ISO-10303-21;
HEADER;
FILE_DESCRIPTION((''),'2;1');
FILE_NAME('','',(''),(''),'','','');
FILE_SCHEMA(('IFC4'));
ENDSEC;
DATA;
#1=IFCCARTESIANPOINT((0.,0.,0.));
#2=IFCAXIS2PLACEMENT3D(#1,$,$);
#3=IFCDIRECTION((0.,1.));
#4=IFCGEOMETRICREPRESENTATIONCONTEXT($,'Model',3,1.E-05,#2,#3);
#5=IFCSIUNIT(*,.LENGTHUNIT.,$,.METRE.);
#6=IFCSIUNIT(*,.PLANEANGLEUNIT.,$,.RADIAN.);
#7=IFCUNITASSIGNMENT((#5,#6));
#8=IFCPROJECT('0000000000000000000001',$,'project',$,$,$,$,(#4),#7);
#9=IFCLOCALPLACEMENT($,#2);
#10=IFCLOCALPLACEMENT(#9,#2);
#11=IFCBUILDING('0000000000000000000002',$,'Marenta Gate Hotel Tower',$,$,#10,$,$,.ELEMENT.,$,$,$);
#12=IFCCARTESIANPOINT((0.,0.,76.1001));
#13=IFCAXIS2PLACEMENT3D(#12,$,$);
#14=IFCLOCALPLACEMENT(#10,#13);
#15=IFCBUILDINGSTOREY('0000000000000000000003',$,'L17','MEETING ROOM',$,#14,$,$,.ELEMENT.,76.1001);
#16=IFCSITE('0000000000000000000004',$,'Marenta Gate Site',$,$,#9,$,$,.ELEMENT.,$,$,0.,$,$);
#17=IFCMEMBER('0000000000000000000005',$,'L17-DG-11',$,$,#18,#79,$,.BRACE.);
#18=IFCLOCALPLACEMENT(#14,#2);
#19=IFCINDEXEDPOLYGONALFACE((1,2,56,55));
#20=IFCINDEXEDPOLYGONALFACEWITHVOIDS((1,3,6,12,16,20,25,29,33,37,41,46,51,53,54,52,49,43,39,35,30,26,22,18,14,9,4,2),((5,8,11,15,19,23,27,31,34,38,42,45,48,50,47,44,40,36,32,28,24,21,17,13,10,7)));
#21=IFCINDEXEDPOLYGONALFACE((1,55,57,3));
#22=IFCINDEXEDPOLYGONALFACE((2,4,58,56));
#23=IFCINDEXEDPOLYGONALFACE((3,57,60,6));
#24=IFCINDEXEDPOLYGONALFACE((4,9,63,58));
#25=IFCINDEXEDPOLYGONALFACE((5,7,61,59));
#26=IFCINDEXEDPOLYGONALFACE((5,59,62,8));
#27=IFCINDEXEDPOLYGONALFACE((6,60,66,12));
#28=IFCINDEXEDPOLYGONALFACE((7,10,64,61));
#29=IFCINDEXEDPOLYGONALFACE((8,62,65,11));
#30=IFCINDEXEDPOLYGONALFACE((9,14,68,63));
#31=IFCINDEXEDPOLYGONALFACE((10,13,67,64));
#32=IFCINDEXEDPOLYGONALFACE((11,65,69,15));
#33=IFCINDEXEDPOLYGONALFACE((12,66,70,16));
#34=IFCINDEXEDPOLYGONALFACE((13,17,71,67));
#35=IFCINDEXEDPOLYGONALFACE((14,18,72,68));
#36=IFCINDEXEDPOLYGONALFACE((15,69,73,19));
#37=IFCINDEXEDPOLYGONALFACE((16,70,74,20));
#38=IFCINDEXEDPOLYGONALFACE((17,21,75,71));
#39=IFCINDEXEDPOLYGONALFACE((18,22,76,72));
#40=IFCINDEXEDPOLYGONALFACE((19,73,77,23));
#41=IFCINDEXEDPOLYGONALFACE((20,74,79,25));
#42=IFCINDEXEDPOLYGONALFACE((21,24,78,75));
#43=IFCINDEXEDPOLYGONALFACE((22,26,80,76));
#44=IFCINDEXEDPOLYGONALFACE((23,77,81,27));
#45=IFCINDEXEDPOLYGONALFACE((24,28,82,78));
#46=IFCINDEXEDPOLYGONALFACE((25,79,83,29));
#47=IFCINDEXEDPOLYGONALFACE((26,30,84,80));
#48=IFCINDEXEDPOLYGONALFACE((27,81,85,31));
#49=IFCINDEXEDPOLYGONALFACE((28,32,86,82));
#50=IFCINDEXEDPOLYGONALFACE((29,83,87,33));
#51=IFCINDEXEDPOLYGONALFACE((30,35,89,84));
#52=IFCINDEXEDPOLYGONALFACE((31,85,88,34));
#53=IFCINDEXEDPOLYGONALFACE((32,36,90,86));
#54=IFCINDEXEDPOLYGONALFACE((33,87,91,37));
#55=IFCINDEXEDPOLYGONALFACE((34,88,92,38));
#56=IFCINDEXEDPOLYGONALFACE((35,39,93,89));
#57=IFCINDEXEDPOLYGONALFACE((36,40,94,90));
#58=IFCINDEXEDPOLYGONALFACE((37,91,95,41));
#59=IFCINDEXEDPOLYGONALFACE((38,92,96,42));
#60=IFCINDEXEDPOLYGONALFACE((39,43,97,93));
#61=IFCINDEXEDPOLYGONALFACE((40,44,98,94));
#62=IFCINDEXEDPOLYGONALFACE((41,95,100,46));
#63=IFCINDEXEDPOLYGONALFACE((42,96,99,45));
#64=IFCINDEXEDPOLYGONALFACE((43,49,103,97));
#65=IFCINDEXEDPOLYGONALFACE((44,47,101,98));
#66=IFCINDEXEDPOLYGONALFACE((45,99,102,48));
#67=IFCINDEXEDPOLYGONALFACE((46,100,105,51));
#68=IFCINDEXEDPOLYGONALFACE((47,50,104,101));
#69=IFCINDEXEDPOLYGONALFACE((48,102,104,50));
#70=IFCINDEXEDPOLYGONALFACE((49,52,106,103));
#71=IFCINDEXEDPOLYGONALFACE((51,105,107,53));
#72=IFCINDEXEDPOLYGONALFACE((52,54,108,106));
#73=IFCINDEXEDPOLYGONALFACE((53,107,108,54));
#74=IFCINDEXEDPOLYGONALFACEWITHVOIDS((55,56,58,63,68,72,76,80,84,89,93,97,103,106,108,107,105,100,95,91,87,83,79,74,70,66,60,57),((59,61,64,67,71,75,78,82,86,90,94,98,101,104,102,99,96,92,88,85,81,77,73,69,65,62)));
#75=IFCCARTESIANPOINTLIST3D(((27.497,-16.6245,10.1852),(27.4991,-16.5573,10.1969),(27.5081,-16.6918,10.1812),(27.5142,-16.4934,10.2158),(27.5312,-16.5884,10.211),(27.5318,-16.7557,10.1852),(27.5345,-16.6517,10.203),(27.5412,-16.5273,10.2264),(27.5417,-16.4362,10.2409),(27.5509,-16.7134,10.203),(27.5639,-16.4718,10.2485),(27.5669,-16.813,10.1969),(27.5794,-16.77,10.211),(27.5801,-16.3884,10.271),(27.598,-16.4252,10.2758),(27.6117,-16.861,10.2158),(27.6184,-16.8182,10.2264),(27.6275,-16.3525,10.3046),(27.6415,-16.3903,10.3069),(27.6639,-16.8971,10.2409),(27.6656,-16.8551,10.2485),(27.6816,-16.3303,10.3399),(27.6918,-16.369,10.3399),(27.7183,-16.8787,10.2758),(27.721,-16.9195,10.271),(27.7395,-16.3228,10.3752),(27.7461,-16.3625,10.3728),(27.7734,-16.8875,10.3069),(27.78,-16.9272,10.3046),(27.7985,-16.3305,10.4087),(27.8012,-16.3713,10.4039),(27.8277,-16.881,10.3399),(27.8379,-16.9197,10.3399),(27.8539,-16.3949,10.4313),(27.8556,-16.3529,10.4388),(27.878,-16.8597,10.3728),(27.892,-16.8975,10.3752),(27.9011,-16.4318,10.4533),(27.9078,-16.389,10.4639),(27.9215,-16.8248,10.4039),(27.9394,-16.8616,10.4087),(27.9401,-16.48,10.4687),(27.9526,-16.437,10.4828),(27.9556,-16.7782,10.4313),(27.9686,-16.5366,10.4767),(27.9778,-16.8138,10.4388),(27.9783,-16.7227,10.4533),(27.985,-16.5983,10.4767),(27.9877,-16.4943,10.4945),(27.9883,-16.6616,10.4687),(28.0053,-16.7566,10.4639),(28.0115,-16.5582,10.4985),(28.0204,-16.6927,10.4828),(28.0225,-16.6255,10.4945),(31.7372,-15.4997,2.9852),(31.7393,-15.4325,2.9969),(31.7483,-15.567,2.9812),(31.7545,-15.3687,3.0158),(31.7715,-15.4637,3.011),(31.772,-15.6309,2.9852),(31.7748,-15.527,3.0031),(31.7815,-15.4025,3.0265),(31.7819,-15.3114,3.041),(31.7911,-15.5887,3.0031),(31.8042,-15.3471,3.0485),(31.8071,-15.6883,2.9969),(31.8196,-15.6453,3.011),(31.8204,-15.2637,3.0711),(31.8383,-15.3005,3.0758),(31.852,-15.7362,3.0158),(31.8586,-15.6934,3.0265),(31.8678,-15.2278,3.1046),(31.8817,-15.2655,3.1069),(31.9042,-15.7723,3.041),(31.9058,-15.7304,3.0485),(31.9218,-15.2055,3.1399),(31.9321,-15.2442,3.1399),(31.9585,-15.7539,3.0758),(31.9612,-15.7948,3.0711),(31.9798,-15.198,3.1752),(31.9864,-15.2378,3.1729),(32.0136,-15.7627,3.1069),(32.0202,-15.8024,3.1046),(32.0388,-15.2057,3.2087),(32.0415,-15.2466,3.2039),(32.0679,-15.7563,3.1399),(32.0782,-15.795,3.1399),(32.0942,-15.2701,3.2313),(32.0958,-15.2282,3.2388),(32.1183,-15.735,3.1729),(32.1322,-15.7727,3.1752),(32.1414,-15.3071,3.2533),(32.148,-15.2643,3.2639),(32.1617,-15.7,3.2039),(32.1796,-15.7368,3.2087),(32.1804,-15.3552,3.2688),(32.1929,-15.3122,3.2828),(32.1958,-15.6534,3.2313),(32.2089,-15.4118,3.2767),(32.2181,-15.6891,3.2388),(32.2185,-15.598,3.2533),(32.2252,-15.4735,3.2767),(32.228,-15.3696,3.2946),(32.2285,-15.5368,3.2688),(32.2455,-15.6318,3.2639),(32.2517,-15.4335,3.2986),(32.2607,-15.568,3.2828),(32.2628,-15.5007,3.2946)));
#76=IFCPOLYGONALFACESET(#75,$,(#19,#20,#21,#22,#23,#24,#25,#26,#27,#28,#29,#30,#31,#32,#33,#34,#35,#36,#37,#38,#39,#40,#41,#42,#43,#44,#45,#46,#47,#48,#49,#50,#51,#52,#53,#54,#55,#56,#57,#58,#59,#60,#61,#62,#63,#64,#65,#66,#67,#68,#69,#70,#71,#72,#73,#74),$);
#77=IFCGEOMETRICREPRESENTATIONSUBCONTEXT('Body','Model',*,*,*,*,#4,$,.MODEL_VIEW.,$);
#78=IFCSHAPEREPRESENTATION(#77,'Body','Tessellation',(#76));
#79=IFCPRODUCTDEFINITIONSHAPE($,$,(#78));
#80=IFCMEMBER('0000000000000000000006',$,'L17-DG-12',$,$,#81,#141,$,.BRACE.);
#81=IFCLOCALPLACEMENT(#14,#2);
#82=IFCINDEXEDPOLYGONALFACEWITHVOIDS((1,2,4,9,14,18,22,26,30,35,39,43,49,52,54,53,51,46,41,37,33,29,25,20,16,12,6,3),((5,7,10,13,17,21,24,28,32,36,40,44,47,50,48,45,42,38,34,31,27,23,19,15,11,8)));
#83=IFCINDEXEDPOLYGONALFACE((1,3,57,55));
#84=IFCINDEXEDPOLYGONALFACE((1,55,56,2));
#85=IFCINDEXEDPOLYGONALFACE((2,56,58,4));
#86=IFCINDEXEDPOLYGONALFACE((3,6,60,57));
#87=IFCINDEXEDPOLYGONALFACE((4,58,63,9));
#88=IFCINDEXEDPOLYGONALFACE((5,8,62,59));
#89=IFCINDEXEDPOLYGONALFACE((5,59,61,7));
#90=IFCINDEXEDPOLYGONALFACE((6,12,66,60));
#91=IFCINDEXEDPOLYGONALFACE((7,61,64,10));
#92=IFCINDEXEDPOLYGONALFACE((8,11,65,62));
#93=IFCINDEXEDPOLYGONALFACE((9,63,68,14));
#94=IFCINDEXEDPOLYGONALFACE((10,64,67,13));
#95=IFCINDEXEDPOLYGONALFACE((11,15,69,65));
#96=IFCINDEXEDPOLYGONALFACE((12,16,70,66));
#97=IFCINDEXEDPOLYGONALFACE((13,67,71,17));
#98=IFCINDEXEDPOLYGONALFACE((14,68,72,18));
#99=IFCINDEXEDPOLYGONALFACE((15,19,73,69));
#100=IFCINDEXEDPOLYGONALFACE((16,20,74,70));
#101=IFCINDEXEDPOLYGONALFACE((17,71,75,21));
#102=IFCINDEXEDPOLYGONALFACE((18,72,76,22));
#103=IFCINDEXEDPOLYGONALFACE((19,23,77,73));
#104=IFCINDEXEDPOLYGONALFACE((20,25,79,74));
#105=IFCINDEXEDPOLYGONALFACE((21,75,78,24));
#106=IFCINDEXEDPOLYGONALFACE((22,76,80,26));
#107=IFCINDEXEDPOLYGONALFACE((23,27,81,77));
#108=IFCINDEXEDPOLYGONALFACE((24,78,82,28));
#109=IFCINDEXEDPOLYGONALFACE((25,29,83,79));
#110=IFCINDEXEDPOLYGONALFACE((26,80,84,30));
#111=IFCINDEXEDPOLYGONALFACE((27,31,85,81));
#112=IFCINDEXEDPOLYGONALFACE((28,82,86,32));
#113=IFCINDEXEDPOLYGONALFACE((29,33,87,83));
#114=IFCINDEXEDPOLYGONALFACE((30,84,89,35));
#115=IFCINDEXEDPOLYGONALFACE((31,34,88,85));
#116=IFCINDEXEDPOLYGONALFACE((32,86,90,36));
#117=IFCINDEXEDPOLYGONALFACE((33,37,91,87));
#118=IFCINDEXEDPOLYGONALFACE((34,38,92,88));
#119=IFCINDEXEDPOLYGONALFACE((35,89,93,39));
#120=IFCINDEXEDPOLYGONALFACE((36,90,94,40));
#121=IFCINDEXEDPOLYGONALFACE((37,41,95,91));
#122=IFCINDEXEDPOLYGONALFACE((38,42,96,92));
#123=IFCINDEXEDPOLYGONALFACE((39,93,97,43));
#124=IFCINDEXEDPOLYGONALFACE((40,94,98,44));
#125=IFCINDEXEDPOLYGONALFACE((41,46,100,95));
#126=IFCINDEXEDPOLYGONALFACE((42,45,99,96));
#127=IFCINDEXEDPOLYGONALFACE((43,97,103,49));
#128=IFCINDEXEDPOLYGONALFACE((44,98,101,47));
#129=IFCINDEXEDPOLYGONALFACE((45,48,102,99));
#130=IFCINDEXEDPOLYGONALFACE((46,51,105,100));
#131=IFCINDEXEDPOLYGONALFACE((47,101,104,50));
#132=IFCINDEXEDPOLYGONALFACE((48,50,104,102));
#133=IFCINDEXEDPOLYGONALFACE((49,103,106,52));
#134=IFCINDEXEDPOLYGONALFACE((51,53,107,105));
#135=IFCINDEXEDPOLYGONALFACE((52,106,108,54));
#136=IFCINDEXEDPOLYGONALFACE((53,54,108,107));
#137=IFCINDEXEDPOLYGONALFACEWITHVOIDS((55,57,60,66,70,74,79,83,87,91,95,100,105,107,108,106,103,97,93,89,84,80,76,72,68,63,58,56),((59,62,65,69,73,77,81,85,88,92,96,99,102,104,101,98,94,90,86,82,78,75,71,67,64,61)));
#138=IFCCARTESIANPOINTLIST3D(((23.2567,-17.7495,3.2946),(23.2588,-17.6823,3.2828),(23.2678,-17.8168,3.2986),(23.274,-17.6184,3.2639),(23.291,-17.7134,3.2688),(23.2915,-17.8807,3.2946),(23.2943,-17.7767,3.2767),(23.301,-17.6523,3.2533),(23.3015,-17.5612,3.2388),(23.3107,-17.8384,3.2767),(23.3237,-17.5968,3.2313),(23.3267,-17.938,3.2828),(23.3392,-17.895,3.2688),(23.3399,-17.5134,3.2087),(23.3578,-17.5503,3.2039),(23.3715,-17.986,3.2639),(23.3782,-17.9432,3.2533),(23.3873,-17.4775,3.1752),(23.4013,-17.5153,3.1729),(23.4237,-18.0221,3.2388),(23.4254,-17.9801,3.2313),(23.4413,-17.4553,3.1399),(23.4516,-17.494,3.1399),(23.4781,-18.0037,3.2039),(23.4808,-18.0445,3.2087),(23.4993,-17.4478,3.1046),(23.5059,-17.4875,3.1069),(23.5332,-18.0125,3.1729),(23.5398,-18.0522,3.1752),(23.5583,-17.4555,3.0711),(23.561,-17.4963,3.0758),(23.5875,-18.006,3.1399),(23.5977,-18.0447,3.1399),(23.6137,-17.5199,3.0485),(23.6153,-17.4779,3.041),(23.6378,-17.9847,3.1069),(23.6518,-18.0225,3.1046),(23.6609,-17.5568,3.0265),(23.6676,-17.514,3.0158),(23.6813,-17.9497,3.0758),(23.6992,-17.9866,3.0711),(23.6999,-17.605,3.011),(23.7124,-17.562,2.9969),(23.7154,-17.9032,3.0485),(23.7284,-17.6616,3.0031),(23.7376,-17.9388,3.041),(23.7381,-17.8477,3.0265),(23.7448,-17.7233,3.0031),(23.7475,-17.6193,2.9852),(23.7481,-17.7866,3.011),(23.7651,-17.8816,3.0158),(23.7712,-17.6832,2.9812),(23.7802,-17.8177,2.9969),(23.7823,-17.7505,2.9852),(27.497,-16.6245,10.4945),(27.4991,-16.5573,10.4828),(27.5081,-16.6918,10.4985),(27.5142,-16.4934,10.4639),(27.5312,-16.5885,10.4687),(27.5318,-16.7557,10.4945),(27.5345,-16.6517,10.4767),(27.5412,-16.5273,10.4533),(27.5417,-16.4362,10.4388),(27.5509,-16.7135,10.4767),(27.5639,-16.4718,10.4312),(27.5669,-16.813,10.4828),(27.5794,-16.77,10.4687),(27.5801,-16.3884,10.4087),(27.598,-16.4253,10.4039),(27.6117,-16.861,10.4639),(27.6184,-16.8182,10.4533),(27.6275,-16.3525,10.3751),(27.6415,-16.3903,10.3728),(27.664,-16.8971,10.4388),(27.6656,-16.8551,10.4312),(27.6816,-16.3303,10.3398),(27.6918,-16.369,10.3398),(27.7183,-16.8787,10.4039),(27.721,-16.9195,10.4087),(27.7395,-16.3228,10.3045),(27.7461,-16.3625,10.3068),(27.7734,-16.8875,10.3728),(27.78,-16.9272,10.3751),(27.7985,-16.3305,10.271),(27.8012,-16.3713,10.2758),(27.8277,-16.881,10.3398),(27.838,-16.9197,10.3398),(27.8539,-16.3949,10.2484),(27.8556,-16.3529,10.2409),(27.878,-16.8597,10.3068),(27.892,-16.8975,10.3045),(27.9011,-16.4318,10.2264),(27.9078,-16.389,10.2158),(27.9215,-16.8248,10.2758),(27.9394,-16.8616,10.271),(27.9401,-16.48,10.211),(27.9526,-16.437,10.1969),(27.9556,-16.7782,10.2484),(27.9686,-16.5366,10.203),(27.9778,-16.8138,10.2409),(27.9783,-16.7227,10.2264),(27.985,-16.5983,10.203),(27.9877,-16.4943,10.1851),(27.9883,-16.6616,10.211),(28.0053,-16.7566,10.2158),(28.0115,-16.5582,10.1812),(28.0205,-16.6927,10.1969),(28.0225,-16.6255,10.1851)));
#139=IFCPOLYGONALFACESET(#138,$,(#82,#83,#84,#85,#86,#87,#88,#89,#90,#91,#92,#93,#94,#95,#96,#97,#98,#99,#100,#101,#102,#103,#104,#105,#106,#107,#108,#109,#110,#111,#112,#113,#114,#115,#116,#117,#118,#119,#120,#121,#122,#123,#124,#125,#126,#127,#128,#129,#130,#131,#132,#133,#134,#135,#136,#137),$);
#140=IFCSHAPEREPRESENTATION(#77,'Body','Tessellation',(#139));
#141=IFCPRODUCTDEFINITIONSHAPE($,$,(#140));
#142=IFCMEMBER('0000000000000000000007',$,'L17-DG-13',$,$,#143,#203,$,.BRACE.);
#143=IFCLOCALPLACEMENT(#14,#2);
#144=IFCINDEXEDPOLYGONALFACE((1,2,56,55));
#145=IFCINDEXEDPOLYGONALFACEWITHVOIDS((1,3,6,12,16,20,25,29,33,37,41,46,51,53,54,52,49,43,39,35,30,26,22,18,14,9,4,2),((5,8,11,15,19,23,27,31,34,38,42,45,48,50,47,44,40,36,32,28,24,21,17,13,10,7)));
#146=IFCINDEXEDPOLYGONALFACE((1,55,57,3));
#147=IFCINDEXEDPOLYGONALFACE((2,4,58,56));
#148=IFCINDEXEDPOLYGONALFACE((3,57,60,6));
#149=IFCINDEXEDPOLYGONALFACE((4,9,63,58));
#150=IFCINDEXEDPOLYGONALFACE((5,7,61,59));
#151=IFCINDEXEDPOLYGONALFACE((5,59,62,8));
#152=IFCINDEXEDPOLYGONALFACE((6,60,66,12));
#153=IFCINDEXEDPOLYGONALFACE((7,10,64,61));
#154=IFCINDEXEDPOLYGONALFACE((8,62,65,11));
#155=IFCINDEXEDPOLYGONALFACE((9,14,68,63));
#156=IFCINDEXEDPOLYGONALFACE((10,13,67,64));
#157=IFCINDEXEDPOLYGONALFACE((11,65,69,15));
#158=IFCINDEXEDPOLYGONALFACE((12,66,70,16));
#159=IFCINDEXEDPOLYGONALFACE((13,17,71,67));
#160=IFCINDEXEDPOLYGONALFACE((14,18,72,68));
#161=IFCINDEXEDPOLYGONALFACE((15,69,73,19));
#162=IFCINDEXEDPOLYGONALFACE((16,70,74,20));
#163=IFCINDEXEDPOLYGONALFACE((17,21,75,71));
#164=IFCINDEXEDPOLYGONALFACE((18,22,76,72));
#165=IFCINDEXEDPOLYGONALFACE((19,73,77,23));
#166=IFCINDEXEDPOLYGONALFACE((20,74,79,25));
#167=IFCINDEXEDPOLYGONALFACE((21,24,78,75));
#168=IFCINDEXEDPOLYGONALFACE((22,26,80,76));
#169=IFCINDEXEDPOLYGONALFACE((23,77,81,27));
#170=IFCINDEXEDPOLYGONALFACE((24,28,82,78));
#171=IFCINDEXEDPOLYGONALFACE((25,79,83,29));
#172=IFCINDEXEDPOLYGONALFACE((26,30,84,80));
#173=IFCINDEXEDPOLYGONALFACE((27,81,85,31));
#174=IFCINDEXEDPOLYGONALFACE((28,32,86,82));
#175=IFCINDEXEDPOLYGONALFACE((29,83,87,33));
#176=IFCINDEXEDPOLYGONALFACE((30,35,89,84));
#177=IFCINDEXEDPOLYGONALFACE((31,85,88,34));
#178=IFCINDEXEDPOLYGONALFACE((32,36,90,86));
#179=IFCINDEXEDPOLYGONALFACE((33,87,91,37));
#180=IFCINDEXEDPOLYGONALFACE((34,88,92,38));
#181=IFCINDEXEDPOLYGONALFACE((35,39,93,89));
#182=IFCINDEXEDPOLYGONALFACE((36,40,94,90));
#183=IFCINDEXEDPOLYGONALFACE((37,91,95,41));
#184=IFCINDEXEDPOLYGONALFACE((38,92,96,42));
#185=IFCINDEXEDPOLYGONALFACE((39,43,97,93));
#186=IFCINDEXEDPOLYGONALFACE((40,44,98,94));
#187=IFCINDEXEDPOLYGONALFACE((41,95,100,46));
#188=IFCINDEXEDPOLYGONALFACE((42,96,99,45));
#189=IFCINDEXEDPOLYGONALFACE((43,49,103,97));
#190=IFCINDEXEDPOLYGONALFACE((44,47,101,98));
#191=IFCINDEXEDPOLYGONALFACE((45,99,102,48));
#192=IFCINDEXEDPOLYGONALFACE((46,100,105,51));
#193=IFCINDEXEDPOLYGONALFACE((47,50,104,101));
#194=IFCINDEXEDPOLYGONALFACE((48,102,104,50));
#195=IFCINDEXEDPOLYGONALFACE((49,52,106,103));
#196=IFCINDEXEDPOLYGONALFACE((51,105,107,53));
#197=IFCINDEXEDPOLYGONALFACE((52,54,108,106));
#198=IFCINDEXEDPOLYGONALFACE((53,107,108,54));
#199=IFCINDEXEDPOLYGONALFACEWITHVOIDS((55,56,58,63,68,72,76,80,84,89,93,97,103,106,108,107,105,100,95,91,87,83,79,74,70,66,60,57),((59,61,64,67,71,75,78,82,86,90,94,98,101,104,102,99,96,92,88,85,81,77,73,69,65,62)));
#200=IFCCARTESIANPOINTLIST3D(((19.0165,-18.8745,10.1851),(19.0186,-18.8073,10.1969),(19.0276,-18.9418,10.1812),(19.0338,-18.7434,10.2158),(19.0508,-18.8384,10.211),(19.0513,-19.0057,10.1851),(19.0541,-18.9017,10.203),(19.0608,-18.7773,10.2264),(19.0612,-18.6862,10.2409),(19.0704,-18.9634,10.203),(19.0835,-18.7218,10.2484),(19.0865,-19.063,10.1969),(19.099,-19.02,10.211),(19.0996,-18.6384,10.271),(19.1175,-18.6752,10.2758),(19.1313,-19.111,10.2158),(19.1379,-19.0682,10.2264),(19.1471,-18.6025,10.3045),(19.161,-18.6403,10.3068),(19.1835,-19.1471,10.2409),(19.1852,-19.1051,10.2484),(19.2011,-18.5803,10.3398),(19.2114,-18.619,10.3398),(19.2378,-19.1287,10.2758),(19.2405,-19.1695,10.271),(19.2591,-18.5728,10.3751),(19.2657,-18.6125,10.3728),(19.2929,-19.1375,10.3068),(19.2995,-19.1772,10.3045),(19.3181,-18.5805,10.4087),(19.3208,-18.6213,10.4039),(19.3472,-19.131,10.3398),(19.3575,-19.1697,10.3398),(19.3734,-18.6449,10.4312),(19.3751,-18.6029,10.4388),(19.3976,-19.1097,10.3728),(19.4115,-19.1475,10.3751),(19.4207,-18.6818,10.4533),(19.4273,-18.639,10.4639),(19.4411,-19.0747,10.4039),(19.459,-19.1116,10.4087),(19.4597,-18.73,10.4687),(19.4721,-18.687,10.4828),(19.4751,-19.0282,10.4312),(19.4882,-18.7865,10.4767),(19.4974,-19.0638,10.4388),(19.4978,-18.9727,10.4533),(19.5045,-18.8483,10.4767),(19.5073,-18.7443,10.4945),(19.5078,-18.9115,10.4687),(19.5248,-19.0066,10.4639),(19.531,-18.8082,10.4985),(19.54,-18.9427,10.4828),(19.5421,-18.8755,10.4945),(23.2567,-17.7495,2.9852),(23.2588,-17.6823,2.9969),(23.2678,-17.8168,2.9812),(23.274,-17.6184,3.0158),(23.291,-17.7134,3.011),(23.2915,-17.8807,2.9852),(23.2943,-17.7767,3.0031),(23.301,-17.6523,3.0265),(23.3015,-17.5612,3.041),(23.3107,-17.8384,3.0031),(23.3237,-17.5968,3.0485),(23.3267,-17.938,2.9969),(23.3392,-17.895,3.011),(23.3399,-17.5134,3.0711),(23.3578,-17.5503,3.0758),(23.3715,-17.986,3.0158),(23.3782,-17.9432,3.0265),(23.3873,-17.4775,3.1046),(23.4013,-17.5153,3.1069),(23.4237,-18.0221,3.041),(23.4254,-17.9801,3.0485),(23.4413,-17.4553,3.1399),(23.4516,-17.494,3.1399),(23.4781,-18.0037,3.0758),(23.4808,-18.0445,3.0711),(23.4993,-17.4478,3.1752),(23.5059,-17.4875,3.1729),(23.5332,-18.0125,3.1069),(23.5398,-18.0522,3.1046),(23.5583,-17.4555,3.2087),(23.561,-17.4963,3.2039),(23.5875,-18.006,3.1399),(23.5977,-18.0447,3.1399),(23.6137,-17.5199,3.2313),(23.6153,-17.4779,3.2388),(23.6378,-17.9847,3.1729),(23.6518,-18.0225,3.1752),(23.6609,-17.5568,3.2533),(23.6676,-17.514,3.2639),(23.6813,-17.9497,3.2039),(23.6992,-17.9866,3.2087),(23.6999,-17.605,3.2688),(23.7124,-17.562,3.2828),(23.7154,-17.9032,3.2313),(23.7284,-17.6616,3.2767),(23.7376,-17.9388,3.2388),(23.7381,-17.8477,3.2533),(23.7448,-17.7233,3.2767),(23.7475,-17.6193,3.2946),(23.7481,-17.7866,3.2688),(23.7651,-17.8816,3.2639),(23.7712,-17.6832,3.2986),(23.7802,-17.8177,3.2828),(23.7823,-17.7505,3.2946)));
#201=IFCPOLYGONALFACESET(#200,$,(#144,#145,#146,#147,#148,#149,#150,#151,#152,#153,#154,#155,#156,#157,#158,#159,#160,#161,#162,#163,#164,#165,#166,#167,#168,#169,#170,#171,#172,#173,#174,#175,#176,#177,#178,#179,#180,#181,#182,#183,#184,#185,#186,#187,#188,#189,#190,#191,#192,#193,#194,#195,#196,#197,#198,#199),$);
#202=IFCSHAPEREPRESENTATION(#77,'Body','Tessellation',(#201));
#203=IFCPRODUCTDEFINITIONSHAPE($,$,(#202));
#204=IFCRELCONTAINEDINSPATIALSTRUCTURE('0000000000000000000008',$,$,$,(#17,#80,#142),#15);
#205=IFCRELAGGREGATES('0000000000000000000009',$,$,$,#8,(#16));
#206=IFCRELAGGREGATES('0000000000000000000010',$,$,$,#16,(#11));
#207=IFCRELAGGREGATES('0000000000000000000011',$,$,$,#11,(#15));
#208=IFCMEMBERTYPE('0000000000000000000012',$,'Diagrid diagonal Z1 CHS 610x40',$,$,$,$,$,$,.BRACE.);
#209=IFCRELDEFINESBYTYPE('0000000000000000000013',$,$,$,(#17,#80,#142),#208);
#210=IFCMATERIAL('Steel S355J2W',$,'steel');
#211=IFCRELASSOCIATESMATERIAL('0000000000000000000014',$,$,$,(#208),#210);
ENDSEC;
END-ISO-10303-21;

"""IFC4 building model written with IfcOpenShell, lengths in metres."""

from ifc_helpers import new_model, si_unit, direction, frame, origin, origin_2d, place, context, subcontext, project, spatial, hollow_circle, extrude, material, material_profile, profile_set, type_object, element, save


model = new_model("IFC4")

# Units and contexts
model_context = context("Model", 3, precision=1e-05, world=origin(), true_north=direction((0.0, 1.0)))
body_context = subcontext(model_context, "Body", "Model", "MODEL_VIEW")
ifc_project = project(units=[si_unit("LENGTHUNIT", "METRE"), si_unit("PLANEANGLEUNIT", "RADIAN")], contexts=[model_context])

# Site, building, storey
site_placement = place(None, origin())
site = spatial("IfcSite", under=ifc_project, at=site_placement, Name="Marenta Gate Site", CompositionType="ELEMENT", RefElevation=0.0)
building_placement = place(site_placement, origin())
building = spatial("IfcBuilding", under=site, at=building_placement, Name="Marenta Gate Hotel Tower", CompositionType="ELEMENT")
storey_placement = place(building_placement, frame((0.0, 0.0, 76.1001)))
storey = spatial("IfcBuildingStorey", under=building, at=storey_placement, Name="L17", Description="MEETING ROOM", CompositionType="ELEMENT", Elevation=76.1001)

# Members
ifc_material_1 = material(Name="Steel S355J2W", Category="steel")
ifc_material_profile_1 = material_profile(ifc_material_1, hollow_circle(Radius=0.3049, WallThickness=0.04, at=origin_2d()), Name="CHS 610x40")
ifc_profile_set_1 = profile_set([ifc_material_profile_1], Name="Steel S355J2W")
member_type_1 = type_object("IfcMemberType", Name="Diagrid diagonal Z1 CHS 610x40", PredefinedType="BRACE", material=ifc_profile_set_1)
for number, where, z_axis, x_axis, name in (
    (1, (32.0, -15.5002, 3.1399), (-0.502926, -0.133405, 0.853972), (0.256391, -0.966573, 0.0), "L17-DG-11"),
    (2, (23.5195, -17.75, 3.1399), (0.502924, 0.133434, 0.853969), (-0.256443, 0.966559, 0.0), "L17-DG-12"),
    (3, (23.5195, -17.75, 3.1399), (-0.502924, -0.133434, 0.853969), (0.256443, -0.966559, 0.0), "L17-DG-13"),
):
    element("IfcMember", number, at=place(storey_placement, frame(where, z_axis=z_axis, x_axis=x_axis)), inside=storey, type_object=member_type_1, Name=name, PredefinedType="BRACE", context=body_context, shape_type="SweptSolid", body=[
        extrude(hollow_circle(Radius=0.3049, WallThickness=0.04, at=origin_2d()), origin(), (0.0, 0.0, 1.0), 8.4312),
    ])

save(model, "model.ifc")
